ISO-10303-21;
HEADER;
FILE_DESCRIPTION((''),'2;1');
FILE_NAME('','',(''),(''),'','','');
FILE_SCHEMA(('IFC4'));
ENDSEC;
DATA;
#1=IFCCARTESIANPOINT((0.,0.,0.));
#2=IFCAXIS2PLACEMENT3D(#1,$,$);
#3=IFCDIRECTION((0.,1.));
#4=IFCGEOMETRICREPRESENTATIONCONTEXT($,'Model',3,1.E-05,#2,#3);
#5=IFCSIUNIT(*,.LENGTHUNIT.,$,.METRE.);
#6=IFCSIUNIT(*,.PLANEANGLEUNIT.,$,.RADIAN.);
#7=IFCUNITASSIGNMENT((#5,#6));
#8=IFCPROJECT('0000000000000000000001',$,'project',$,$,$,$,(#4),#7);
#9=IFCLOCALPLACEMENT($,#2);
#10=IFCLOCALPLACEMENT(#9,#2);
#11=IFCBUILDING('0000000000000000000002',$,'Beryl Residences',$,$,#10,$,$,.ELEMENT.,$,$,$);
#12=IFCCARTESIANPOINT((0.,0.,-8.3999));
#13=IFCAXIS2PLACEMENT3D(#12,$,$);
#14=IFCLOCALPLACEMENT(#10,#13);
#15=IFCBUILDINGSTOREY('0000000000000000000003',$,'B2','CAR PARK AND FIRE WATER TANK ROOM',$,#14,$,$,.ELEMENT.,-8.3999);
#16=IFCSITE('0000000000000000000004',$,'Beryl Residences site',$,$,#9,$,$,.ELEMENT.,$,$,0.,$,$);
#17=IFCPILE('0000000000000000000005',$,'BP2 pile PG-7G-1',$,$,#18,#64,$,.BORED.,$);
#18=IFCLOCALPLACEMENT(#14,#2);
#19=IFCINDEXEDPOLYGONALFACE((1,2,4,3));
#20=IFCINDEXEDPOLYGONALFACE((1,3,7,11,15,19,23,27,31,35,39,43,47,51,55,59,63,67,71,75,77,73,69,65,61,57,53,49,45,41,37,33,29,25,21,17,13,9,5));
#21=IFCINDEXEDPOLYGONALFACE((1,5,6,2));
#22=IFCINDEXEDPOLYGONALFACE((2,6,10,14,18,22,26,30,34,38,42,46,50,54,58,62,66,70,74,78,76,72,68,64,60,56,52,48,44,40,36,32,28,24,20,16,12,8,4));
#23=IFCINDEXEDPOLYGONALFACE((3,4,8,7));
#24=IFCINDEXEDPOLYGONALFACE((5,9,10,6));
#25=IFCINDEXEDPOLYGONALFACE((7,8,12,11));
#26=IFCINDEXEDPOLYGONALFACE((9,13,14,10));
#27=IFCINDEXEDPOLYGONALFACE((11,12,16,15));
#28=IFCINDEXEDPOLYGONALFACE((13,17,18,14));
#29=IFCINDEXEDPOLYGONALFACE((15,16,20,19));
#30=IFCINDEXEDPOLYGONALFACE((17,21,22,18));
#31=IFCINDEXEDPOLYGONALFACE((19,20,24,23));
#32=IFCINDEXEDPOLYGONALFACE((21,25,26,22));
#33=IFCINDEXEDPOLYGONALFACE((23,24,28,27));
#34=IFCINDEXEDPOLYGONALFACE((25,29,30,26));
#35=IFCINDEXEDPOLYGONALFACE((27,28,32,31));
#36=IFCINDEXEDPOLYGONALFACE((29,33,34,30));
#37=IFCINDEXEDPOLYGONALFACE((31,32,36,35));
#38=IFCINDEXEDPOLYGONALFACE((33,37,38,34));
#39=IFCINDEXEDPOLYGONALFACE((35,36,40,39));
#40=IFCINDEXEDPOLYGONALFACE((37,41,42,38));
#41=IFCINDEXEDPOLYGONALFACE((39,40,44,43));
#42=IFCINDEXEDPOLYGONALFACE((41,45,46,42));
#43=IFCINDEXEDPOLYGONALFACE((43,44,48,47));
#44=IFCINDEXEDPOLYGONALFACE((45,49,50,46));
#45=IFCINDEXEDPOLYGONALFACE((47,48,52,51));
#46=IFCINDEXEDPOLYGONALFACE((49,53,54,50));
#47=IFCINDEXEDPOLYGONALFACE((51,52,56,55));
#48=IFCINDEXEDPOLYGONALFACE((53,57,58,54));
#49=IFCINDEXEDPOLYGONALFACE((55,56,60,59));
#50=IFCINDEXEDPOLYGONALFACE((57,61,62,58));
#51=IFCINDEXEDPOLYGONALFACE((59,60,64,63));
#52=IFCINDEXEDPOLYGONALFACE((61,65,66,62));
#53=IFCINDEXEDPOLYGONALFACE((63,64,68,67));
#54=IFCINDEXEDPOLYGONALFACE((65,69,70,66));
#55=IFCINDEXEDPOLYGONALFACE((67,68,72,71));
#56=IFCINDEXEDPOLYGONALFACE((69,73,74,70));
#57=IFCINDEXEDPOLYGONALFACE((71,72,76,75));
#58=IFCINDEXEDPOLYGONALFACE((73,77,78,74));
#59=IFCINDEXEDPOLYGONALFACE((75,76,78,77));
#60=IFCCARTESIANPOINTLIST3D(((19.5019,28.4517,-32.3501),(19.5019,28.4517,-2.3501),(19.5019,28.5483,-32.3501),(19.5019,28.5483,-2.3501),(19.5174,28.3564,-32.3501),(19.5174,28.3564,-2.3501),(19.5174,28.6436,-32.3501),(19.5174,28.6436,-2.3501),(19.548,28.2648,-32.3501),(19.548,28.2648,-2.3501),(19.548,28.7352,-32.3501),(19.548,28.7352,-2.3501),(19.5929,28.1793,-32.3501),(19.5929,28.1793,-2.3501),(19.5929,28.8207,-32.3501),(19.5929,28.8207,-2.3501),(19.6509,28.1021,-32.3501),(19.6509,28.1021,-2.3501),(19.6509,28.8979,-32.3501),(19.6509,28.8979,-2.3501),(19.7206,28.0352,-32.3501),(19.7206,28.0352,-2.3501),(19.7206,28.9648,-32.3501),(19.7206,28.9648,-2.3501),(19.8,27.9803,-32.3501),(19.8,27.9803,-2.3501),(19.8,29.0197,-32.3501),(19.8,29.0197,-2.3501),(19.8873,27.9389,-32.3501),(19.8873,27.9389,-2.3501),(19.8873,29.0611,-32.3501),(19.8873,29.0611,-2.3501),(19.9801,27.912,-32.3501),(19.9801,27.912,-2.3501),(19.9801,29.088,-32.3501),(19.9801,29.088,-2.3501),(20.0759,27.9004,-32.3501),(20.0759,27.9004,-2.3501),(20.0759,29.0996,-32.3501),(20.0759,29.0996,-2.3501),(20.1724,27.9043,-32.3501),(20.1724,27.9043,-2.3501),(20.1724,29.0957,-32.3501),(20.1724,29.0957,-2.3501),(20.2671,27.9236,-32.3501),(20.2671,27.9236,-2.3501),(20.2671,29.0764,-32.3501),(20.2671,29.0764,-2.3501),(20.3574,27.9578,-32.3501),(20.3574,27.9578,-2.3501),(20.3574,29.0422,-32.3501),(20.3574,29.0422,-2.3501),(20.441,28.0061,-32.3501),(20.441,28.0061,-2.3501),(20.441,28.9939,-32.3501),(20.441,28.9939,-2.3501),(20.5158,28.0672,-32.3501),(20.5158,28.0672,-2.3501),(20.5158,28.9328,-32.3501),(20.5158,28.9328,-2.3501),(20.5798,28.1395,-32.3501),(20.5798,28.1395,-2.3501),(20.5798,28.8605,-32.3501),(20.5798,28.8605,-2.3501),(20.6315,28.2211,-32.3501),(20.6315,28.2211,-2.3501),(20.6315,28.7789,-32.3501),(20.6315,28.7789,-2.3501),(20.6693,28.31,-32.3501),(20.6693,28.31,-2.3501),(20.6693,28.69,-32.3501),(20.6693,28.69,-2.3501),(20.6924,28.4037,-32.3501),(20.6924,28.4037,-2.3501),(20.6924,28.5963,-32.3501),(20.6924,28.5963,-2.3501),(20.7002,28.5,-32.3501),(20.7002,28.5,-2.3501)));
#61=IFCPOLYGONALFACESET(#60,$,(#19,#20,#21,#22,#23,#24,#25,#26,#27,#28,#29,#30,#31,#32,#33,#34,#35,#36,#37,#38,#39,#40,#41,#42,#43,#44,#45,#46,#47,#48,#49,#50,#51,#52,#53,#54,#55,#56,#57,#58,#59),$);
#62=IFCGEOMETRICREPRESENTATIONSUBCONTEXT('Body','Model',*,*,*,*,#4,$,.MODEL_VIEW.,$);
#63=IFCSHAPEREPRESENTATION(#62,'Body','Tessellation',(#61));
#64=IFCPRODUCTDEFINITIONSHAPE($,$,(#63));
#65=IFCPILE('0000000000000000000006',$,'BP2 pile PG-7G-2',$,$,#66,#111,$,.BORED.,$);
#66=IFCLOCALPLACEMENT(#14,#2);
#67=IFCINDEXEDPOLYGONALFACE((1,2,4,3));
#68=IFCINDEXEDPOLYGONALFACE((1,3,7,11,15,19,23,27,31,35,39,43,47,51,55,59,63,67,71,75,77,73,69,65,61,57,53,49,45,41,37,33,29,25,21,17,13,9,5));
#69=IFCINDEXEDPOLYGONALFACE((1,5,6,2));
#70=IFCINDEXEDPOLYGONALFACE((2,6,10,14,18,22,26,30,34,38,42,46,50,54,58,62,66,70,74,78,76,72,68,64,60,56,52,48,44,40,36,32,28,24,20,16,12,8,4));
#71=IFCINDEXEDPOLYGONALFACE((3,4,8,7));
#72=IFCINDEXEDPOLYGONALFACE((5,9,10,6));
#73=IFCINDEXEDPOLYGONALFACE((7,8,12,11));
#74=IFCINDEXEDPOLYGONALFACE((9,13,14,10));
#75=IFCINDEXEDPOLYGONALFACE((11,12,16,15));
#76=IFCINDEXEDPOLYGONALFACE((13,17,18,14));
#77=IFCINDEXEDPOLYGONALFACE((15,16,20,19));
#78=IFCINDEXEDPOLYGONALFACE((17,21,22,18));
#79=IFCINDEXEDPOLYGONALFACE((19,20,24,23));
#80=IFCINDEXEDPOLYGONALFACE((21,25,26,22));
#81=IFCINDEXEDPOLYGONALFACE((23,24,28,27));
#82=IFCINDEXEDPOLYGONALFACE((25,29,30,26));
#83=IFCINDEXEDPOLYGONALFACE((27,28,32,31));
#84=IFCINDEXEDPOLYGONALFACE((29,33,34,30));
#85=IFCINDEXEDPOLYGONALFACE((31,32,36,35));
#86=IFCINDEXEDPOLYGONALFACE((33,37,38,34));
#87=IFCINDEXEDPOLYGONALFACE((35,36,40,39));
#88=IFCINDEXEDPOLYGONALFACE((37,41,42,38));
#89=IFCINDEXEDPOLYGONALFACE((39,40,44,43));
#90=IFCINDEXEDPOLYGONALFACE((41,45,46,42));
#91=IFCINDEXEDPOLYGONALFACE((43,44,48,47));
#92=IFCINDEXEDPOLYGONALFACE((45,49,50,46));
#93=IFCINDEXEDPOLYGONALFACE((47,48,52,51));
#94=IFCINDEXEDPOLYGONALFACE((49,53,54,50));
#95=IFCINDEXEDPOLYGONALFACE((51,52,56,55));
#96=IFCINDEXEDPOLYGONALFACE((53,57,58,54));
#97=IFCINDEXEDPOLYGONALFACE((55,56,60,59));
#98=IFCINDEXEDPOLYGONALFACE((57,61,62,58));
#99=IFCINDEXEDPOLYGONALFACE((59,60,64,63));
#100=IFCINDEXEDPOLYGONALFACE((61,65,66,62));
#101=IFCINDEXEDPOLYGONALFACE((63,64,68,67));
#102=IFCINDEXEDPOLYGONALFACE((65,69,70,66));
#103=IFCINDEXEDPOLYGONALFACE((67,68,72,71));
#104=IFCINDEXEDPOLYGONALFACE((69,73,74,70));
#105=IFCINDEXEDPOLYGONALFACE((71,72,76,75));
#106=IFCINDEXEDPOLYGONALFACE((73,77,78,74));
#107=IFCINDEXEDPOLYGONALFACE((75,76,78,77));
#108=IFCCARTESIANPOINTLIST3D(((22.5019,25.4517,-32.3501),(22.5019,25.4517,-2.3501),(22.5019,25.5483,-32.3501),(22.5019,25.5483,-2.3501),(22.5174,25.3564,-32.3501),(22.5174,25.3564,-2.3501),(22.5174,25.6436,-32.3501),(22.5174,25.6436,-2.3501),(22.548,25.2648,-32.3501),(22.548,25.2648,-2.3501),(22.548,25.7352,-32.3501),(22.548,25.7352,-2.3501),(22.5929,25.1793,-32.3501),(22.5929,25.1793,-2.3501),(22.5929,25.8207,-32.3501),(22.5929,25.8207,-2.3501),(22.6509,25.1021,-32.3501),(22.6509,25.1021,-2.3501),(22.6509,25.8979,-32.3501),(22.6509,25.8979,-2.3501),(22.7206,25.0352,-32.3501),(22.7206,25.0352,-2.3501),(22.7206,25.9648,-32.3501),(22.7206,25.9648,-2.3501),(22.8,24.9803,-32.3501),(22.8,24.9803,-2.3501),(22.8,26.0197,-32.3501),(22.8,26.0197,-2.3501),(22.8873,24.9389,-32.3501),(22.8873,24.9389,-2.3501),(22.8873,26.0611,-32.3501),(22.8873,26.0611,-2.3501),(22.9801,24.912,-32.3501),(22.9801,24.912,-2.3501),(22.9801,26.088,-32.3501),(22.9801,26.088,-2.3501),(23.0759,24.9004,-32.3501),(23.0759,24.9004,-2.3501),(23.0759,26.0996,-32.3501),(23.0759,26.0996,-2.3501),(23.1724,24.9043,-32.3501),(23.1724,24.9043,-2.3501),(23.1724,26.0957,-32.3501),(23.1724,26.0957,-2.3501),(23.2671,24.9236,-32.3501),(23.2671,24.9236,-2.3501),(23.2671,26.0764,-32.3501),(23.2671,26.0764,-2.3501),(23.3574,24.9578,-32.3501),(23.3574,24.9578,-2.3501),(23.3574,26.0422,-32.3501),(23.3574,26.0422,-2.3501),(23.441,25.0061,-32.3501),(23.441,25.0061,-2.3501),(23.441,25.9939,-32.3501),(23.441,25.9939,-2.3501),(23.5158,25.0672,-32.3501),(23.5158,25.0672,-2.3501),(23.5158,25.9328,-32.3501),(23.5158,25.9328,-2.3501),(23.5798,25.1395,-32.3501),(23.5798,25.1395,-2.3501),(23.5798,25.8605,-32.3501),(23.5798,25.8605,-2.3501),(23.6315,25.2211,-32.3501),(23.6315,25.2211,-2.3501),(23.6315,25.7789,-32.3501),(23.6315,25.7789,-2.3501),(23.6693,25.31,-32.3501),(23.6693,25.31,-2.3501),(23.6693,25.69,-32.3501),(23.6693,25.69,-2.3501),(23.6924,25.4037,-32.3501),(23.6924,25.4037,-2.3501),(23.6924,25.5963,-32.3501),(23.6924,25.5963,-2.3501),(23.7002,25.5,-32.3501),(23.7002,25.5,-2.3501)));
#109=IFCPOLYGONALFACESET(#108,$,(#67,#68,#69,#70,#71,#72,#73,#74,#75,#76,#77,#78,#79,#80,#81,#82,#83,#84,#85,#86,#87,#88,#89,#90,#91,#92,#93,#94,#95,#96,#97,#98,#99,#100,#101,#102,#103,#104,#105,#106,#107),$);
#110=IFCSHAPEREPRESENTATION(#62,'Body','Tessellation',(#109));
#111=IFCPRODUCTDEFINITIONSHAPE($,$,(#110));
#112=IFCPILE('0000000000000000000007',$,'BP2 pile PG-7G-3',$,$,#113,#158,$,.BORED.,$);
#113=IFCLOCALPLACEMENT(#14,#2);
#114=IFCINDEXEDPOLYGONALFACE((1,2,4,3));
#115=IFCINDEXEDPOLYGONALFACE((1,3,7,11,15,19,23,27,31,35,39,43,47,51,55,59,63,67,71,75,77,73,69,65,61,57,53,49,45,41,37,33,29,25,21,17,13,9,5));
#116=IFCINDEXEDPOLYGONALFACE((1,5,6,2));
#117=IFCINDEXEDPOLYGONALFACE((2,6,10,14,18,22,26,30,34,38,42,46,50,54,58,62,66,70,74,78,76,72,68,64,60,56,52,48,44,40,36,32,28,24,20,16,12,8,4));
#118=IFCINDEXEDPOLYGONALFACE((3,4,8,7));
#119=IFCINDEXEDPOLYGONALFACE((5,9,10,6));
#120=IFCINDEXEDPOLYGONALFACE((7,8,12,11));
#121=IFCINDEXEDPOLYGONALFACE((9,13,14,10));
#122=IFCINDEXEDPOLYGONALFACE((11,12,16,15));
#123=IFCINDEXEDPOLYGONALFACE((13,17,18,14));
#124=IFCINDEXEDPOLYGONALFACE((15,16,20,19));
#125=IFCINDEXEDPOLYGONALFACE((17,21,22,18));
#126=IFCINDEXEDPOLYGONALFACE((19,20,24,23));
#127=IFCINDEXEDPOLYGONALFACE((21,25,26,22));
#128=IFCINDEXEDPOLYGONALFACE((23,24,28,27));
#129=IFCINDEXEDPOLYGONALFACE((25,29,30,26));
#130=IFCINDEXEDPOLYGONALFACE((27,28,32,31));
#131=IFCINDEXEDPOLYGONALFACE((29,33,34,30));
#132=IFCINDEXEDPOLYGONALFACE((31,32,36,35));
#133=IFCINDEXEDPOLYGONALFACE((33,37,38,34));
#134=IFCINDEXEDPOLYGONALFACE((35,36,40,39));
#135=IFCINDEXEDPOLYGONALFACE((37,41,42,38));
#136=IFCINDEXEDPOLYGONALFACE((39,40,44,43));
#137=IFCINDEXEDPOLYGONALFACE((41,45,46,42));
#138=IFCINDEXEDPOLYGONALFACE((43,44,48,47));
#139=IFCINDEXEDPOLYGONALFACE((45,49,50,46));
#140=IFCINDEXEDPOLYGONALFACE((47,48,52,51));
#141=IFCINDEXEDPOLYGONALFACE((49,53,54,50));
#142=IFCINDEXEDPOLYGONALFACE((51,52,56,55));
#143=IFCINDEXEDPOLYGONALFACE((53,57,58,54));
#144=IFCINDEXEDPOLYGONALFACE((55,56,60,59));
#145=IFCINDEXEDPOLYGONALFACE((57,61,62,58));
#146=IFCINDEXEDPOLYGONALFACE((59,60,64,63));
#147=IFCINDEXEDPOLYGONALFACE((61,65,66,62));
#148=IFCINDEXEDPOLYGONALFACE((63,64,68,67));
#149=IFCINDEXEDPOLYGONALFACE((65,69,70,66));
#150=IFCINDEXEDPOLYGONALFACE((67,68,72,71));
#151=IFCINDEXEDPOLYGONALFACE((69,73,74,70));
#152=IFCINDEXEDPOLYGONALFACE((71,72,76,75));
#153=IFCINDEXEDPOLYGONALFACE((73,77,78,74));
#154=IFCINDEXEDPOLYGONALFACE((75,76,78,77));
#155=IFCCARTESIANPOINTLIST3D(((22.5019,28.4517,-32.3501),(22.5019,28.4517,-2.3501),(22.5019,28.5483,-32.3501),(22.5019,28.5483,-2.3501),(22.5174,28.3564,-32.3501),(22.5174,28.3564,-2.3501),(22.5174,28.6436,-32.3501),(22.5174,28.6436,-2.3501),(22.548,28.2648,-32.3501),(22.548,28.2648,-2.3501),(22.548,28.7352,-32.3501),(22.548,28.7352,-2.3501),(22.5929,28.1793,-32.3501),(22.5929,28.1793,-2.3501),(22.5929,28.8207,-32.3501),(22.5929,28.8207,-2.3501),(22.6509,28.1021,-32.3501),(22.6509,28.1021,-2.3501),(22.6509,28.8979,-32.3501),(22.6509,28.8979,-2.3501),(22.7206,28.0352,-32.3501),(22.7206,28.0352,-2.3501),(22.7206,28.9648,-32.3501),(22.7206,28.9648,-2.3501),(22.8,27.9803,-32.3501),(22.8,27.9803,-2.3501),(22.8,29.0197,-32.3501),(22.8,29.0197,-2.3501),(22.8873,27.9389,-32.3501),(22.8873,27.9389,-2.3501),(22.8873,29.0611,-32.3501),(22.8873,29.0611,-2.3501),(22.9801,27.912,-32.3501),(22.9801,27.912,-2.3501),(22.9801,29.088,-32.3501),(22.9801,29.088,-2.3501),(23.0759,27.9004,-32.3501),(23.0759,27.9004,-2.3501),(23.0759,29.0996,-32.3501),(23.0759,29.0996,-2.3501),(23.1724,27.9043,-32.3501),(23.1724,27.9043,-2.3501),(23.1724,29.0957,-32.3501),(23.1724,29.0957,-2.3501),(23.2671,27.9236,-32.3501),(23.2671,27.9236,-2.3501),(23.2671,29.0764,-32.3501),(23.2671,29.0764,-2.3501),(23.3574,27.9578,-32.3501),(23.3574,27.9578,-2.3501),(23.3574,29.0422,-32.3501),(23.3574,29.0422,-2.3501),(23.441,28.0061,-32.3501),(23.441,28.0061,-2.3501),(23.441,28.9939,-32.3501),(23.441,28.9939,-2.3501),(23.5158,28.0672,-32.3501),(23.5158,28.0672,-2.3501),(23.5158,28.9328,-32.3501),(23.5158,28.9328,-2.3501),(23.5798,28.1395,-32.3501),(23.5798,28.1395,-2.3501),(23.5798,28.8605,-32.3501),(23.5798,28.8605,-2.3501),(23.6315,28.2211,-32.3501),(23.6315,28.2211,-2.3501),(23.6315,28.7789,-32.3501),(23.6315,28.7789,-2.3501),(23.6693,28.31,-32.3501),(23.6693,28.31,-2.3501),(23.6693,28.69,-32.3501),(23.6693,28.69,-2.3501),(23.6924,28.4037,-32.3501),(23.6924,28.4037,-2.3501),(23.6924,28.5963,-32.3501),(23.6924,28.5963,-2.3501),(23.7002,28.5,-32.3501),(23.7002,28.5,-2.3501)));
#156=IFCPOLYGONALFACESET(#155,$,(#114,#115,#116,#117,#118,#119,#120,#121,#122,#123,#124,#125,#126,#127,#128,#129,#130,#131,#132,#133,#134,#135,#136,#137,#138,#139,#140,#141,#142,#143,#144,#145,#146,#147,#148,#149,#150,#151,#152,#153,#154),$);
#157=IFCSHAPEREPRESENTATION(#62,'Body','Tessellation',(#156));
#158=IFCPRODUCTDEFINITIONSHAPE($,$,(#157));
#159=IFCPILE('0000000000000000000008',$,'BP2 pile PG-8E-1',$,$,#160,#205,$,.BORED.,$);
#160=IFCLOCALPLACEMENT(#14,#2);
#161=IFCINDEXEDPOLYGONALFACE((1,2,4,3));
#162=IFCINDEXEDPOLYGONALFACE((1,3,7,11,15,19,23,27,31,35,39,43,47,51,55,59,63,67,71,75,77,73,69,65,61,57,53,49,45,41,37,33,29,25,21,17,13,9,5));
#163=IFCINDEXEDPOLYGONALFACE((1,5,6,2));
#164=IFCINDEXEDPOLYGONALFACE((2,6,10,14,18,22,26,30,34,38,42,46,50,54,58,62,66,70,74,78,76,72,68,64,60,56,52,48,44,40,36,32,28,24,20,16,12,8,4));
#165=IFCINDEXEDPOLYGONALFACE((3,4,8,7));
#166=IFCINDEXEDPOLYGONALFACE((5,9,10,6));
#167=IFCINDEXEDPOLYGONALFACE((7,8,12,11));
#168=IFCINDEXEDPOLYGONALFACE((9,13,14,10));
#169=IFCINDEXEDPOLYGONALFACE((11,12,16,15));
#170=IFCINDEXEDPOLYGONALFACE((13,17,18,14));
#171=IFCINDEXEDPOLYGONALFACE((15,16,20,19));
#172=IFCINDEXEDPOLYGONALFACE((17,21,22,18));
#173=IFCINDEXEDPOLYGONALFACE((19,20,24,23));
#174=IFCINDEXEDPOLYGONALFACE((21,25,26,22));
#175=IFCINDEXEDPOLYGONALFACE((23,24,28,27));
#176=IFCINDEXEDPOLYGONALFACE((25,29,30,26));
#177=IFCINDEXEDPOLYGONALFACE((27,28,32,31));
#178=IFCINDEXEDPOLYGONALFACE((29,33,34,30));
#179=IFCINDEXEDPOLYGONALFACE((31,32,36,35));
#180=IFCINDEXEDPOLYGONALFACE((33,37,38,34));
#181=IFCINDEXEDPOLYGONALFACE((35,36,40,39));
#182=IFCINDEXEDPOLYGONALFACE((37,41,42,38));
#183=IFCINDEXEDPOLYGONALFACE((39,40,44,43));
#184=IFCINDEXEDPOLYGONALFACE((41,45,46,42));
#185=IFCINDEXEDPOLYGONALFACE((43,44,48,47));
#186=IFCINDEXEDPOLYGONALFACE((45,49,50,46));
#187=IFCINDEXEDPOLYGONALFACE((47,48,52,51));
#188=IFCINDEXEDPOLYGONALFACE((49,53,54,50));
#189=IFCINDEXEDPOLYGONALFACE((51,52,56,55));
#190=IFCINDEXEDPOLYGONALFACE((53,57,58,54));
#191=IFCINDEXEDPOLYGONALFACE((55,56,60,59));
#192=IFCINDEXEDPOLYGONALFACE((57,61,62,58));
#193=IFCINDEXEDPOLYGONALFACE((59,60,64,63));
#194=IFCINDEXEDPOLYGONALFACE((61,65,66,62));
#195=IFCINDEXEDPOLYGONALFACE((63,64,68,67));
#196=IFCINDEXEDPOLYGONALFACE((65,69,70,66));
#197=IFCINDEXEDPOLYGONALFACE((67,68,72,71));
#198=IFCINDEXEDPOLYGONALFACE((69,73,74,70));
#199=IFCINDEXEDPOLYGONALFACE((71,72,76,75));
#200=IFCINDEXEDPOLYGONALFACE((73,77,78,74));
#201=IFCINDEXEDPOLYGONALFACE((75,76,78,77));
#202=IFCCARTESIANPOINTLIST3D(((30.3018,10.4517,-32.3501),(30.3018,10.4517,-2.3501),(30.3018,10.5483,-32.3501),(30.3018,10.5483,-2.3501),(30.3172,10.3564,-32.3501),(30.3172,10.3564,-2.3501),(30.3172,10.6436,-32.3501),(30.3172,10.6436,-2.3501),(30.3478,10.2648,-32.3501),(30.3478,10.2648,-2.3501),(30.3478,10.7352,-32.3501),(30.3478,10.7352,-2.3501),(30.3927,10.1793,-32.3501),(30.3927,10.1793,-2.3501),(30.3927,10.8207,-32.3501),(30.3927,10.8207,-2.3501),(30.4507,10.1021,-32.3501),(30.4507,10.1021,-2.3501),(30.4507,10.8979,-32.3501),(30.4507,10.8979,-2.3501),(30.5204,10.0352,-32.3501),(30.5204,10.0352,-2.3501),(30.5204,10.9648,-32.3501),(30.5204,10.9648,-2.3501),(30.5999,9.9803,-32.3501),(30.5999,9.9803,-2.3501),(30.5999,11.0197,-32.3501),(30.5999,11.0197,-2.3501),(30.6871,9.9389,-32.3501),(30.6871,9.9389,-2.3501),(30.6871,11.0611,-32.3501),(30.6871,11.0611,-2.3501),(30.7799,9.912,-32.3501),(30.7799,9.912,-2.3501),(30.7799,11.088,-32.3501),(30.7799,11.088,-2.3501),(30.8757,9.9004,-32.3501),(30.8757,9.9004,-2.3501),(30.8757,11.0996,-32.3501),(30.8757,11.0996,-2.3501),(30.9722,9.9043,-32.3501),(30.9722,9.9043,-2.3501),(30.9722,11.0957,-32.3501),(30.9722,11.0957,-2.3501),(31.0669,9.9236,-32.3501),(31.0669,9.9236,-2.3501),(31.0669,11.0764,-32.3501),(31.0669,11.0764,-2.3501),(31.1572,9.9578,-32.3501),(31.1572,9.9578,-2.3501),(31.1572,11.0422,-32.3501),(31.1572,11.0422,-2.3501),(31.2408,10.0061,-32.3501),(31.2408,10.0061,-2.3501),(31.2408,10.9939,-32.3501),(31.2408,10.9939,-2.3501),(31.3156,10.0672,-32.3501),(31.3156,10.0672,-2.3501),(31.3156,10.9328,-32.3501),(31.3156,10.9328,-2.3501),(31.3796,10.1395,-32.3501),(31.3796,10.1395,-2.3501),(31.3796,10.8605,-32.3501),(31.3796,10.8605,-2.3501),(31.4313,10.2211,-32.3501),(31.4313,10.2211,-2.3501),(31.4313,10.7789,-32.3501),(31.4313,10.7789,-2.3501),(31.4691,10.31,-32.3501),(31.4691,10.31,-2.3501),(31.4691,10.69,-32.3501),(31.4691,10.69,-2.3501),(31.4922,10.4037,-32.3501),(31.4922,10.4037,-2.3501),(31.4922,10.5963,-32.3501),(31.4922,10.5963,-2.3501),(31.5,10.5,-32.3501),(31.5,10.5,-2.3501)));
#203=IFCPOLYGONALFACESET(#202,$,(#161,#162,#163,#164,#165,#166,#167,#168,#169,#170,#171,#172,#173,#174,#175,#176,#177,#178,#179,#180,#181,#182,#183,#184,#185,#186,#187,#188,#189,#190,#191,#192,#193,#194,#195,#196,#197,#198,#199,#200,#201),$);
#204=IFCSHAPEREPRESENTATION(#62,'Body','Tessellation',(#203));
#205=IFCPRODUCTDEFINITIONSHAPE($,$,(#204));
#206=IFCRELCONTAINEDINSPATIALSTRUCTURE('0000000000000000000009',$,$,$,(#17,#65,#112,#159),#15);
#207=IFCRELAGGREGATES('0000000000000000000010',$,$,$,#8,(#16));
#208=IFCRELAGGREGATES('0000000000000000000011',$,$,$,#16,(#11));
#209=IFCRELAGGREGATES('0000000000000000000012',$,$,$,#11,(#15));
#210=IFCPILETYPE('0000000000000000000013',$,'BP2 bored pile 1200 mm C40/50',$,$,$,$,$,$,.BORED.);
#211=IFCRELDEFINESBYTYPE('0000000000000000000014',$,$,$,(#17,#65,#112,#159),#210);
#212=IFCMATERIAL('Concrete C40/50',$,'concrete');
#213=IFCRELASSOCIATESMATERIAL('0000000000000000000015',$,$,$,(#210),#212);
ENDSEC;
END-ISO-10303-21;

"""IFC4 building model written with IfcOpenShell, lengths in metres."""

from ifc_helpers import new_model, si_unit, direction, frame, origin, origin_2d, place, context, subcontext, project, spatial, circle, extrude, material, material_profile, profile_set, type_object, element, save


model = new_model("IFC4")

# Units and contexts
model_context = context("Model", 3, precision=1e-05, world=origin(), true_north=direction((0.0, 1.0)))
body_context = subcontext(model_context, "Body", "Model", "MODEL_VIEW")
ifc_project = project(units=[si_unit("LENGTHUNIT", "METRE"), si_unit("PLANEANGLEUNIT", "RADIAN")], contexts=[model_context])

# Site, building, storey
site_placement = place(None, origin())
site = spatial("IfcSite", under=ifc_project, at=site_placement, Name="Beryl Residences site", CompositionType="ELEMENT", RefElevation=0.0)
building_placement = place(site_placement, origin())
building = spatial("IfcBuilding", under=site, at=building_placement, Name="Beryl Residences", CompositionType="ELEMENT")
storey_placement = place(building_placement, frame((0.0, 0.0, -8.3999)))
storey = spatial("IfcBuildingStorey", under=building, at=storey_placement, Name="B2", Description="CAR PARK AND FIRE WATER TANK ROOM", CompositionType="ELEMENT", Elevation=-8.3999)

# Piles
ifc_material_1 = material(Name="Concrete C40/50", Category="concrete")
ifc_material_profile_1 = material_profile(ifc_material_1, circle(Radius=0.6001, at=origin_2d()))
ifc_profile_set_1 = profile_set([ifc_material_profile_1], Name="Concrete C40/50")
pile_type_1 = type_object("IfcPileType", Name="BP2 bored pile 1200 mm C40/50", PredefinedType="BORED", material=ifc_profile_set_1)
for number, where, z_axis, x_axis, name in (
    (1, (20.1001, 28.5, -2.3501), (0.0, 0.0, -1.0), (1.0, 0.0, 0.0), "BP2 pile PG-7G-1"),
    (2, (23.1001, 25.5, -2.3501), (0.0, 0.0, -1.0), (1.0, 0.0, 0.0), "BP2 pile PG-7G-2"),
    (3, (23.1001, 28.5, -2.3501), (0.0, 0.0, -1.0), (1.0, 0.0, 0.0), "BP2 pile PG-7G-3"),
    (4, (30.8999, 10.5, -2.3501), (0.0, 0.0, -1.0), (1.0, 0.0, 0.0), "BP2 pile PG-8E-1"),
):
    element("IfcPile", number, at=place(storey_placement, frame(where, z_axis=z_axis, x_axis=x_axis)), inside=storey, type_object=pile_type_1, Name=name, PredefinedType="BORED", context=body_context, shape_type="SweptSolid", body=[
        extrude(circle(Radius=0.6001, at=origin_2d()), origin(), (0.0, 0.0, 1.0), 30.0),
    ])

save(model, "model.ifc")
